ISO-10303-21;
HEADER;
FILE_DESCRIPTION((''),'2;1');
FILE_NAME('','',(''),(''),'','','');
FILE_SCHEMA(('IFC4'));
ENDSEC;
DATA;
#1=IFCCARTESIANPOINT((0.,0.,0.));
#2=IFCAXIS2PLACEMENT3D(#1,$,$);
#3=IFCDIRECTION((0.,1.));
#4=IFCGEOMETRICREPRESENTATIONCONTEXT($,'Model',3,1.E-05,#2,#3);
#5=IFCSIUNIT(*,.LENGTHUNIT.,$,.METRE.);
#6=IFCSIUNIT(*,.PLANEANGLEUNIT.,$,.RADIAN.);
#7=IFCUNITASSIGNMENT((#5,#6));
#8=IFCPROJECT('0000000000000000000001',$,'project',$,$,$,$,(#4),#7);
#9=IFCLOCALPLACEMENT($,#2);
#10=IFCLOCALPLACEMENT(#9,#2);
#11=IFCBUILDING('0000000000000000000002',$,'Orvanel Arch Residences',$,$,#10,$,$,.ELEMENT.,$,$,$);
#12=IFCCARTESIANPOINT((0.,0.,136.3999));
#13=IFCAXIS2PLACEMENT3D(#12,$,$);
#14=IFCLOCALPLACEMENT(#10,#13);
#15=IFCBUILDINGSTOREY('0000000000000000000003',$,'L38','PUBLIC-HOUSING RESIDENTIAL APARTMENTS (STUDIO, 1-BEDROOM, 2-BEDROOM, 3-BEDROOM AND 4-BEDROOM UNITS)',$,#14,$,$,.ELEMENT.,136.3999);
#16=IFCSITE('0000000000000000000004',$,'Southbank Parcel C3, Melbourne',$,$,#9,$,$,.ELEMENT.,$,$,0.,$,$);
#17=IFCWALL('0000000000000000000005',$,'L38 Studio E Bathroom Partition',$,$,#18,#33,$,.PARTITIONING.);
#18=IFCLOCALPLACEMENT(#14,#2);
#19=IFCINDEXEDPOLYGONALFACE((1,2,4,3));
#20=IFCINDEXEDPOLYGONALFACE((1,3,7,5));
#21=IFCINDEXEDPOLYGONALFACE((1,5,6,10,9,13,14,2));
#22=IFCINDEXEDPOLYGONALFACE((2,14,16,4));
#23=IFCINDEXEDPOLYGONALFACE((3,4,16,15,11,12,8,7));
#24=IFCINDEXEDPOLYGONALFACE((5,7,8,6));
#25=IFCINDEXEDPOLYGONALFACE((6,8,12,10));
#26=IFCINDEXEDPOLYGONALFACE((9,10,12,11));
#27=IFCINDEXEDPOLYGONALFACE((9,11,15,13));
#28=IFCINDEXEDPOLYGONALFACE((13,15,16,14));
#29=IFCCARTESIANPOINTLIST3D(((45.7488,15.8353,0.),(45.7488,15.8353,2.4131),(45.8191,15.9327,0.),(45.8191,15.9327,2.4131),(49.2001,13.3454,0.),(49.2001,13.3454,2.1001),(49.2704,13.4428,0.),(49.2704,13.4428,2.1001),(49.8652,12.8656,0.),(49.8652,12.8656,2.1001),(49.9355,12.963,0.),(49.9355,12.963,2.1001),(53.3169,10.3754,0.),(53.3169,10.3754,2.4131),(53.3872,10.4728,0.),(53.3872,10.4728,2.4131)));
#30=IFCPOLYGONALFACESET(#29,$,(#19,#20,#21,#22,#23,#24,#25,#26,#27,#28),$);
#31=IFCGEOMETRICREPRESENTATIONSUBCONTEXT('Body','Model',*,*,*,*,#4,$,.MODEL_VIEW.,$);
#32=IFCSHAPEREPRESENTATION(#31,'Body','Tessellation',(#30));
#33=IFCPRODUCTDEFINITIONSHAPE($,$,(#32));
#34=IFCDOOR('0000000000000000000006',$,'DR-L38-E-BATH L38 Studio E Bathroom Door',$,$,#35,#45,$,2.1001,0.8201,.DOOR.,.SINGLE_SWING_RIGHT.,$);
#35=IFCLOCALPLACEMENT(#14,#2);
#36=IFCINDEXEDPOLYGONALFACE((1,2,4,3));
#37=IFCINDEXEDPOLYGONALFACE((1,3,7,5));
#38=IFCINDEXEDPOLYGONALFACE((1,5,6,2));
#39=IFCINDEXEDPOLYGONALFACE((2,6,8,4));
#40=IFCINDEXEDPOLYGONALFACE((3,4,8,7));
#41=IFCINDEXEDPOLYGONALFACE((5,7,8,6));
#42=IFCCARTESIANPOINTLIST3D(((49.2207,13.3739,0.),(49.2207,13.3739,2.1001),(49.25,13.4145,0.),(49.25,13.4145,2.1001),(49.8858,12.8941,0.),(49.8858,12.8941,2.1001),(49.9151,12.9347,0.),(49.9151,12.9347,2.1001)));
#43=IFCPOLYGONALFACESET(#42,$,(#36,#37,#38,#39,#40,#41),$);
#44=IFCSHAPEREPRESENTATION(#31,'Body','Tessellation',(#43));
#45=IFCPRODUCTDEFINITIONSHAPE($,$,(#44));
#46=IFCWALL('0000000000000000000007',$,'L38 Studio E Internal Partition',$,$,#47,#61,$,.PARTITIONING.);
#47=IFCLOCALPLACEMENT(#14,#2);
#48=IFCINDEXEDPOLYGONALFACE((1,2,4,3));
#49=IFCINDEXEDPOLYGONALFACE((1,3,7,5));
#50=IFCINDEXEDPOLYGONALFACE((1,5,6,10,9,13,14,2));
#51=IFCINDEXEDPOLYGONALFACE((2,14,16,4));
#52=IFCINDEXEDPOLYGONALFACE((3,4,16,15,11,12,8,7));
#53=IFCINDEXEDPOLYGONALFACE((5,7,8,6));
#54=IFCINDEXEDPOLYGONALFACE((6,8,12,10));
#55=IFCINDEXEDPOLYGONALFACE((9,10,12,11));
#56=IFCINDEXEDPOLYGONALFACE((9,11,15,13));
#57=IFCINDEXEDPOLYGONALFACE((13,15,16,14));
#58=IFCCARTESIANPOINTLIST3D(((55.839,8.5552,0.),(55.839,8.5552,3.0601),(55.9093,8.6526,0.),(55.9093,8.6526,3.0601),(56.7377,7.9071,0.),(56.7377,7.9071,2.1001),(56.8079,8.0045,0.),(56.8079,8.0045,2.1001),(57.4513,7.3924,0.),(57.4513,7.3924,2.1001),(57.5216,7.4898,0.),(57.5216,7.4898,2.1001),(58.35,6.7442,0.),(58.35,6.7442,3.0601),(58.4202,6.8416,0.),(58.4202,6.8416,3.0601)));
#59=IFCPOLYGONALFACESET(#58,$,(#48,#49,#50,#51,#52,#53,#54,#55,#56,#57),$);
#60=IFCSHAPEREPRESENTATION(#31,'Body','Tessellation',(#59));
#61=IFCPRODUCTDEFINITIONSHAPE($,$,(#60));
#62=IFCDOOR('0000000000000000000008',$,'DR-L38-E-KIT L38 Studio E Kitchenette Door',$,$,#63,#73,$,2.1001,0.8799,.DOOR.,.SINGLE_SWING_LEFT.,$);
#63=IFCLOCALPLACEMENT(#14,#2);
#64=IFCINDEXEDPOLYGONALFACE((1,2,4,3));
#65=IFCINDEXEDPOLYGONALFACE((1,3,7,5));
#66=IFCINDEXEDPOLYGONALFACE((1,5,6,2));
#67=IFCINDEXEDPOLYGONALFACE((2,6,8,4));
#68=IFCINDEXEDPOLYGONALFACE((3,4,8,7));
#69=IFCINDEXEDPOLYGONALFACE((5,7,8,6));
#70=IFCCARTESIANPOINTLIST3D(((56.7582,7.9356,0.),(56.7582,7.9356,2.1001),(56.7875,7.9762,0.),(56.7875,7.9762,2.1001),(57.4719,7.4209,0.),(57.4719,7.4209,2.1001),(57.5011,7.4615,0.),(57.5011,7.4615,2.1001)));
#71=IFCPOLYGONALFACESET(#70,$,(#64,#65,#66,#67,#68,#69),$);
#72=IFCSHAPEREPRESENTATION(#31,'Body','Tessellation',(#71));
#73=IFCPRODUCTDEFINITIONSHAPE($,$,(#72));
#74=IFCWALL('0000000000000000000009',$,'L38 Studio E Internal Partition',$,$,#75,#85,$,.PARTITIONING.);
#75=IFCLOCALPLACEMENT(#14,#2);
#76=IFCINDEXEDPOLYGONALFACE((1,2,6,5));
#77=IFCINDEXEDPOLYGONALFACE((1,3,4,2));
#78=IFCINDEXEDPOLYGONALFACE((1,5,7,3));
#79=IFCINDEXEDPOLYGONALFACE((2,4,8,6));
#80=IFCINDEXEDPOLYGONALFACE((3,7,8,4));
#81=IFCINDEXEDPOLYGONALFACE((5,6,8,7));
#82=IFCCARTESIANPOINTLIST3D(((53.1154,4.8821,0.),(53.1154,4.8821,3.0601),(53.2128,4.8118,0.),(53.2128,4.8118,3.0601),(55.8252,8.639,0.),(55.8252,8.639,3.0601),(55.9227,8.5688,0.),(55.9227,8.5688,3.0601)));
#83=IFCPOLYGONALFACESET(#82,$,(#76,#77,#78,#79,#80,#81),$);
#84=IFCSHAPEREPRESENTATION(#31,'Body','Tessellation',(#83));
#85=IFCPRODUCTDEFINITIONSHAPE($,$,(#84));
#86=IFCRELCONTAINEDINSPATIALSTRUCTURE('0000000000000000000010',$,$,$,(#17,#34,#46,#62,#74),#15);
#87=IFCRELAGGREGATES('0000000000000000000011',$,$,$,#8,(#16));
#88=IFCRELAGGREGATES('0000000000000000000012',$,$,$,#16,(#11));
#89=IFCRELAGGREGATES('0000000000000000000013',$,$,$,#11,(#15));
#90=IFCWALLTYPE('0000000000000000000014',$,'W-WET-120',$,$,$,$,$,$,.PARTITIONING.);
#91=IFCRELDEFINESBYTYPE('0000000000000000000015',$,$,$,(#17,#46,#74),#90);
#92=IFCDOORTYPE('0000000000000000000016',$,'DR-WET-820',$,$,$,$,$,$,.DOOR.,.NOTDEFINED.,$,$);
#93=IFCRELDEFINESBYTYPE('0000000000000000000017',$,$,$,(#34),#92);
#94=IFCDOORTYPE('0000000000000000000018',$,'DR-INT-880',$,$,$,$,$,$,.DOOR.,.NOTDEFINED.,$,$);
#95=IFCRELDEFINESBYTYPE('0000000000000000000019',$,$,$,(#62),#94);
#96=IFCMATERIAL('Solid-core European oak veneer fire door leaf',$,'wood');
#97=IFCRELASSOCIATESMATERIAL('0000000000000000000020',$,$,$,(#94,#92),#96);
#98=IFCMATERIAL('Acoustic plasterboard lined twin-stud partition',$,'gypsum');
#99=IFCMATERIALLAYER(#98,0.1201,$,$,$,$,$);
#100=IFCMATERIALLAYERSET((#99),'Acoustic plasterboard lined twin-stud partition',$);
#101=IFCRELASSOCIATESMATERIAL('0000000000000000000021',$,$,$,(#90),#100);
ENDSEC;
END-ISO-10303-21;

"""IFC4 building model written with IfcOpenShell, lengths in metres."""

from ifc_helpers import new_model, si_unit, direction, frame, frame_2d, origin, place, context, subcontext, project, spatial, rectangle, extrude, material, layer, layer_set, type_object, element, fill, save


model = new_model("IFC4")

# Units and contexts
model_context = context("Model", 3, precision=1e-05, world=origin(), true_north=direction((0.0, 1.0)))
body_context = subcontext(model_context, "Body", "Model", "MODEL_VIEW")
ifc_project = project(units=[si_unit("LENGTHUNIT", "METRE"), si_unit("PLANEANGLEUNIT", "RADIAN")], contexts=[model_context])

# Site, building, storey
site_placement = place(None, origin())
site = spatial("IfcSite", under=ifc_project, at=site_placement, Name="Southbank Parcel C3, Melbourne", CompositionType="ELEMENT", RefElevation=0.0)
building_placement = place(site_placement, origin())
building = spatial("IfcBuilding", under=site, at=building_placement, Name="Orvanel Arch Residences", CompositionType="ELEMENT")
storey_placement = place(building_placement, frame((0.0, 0.0, 136.3999)))
storey = spatial("IfcBuildingStorey", under=building, at=storey_placement, Name="L38", Description="PUBLIC-HOUSING RESIDENTIAL APARTMENTS (STUDIO, 1-BEDROOM, 2-BEDROOM, 3-BEDROOM AND 4-BEDROOM UNITS)", CompositionType="ELEMENT", Elevation=136.3999)

# Walls, openings, doors
ifc_material_1 = material(Name="Acoustic plasterboard lined twin-stud partition", Category="gypsum")
ifc_material_2 = material(Name="Solid-core European oak veneer fire door leaf", Category="wood")
door_type_1 = type_object("IfcDoorType", Name="DR-INT-880", OperationType="NOTDEFINED", PredefinedType="DOOR", material=ifc_material_2)
ifc_layer_1 = layer(ifc_material_1, 0.1201)
ifc_layer_set_1 = layer_set([ifc_layer_1], Name="Acoustic plasterboard lined twin-stud partition")
wall_type_1 = type_object("IfcWallType", Name="W-WET-120", PredefinedType="PARTITIONING", material=ifc_layer_set_1)
wall_1_placement = place(storey_placement, frame((53.3521, 10.4241, 0.0), z_axis=(0.0, 0.0, 1.0), x_axis=(-0.810979, 0.585075, 0.0)))
wall_1 = element("IfcWall", 1, at=wall_1_placement, inside=storey, type_object=wall_type_1, Name="L38 Studio E Bathroom Partition", PredefinedType="PARTITIONING", context=body_context, shape_type="SweptSolid", body=[
    extrude(rectangle(XDim=9.332, YDim=0.1201, at=frame_2d((4.666, 0.0))), origin(), (0.0, 0.0, 1.0), 2.4131),
])
opening_1_placement = place(wall_1_placement, frame((4.2561, 0.0, 0.0)))
opening_1 = element("IfcOpeningElement", 2, at=opening_1_placement, cuts=wall_1, PredefinedType="OPENING", context=body_context, shape_type="SweptSolid", body=[
    extrude(rectangle(XDim=0.8201, YDim=2.1001, at=frame_2d((0.4102, 1.05))), frame((0.0, 0.0701, 0.0), z_axis=(0.0, -1.0, 0.0), x_axis=(1.0, 0.0, 0.0)), (0.0, 0.0, 1.0), 0.1401),
])
door_type_2 = type_object("IfcDoorType", Name="DR-WET-820", OperationType="NOTDEFINED", PredefinedType="DOOR", material=ifc_material_2)
door_1_placement = place(opening_1_placement, origin())
door_1 = element("IfcDoor", 3, at=door_1_placement, inside=storey, type_object=door_type_2, Name="DR-L38-E-BATH L38 Studio E Bathroom Door", OperationType="SINGLE_SWING_RIGHT", OverallHeight=2.1001, OverallWidth=0.8201, PredefinedType="DOOR", context=body_context, shape_type="SweptSolid", body=[
    extrude(rectangle(XDim=0.8201, YDim=2.1001, at=frame_2d((0.4102, 1.05))), frame((0.0, 0.0249, 0.0), z_axis=(0.0, -1.0, 0.0), x_axis=(1.0, 0.0, 0.0)), (0.0, 0.0, 1.0), 0.05),
])
fill(opening_1, door_1)
wall_2_placement = place(storey_placement, frame((58.385, 6.793, 0.0), z_axis=(0.0, 0.0, 1.0), x_axis=(-0.811055, 0.584969, 0.0)))
wall_2 = element("IfcWall", 4, at=wall_2_placement, inside=storey, type_object=wall_type_1, Name="L38 Studio E Internal Partition", PredefinedType="PARTITIONING", context=body_context, shape_type="SweptSolid", body=[
    extrude(rectangle(XDim=3.0959, YDim=0.1201, at=frame_2d((1.5479, 0.0))), origin(), (0.0, 0.0, 1.0), 3.0601),
])
opening_2_placement = place(wall_2_placement, frame((1.1079, 0.0, 0.0)))
opening_2 = element("IfcOpeningElement", 5, at=opening_2_placement, cuts=wall_2, PredefinedType="OPENING", context=body_context, shape_type="SweptSolid", body=[
    extrude(rectangle(XDim=0.8799, YDim=2.1001, at=frame_2d((0.4399, 1.05))), frame((0.0, 0.0701, 0.0), z_axis=(0.0, -1.0, 0.0), x_axis=(1.0, 0.0, 0.0)), (0.0, 0.0, 1.0), 0.1401),
])
door_2_placement = place(opening_2_placement, origin())
door_2 = element("IfcDoor", 6, at=door_2_placement, inside=storey, type_object=door_type_1, Name="DR-L38-E-KIT L38 Studio E Kitchenette Door", OperationType="SINGLE_SWING_LEFT", OverallHeight=2.1001, OverallWidth=0.8799, PredefinedType="DOOR", context=body_context, shape_type="SweptSolid", body=[
    extrude(rectangle(XDim=0.8799, YDim=2.1001, at=frame_2d((0.4399, 1.05))), frame((0.0, 0.0249, 0.0), z_axis=(0.0, -1.0, 0.0), x_axis=(1.0, 0.0, 0.0)), (0.0, 0.0, 1.0), 0.05),
])
fill(opening_2, door_2)

# Wall
wall_3_placement = place(storey_placement, frame((53.1641, 4.8469, 0.0), z_axis=(0.0, 0.0, 1.0), x_axis=(0.584996, 0.811036, 0.0)))
element("IfcWall", 7, at=wall_3_placement, inside=storey, type_object=wall_type_1, Name="L38 Studio E Internal Partition", PredefinedType="PARTITIONING", context=body_context, shape_type="SweptSolid", body=[
    extrude(rectangle(XDim=4.6323, YDim=0.1201, at=frame_2d((2.3162, 0.0))), origin(), (0.0, 0.0, 1.0), 3.0601),
])

save(model, "model.ifc")
